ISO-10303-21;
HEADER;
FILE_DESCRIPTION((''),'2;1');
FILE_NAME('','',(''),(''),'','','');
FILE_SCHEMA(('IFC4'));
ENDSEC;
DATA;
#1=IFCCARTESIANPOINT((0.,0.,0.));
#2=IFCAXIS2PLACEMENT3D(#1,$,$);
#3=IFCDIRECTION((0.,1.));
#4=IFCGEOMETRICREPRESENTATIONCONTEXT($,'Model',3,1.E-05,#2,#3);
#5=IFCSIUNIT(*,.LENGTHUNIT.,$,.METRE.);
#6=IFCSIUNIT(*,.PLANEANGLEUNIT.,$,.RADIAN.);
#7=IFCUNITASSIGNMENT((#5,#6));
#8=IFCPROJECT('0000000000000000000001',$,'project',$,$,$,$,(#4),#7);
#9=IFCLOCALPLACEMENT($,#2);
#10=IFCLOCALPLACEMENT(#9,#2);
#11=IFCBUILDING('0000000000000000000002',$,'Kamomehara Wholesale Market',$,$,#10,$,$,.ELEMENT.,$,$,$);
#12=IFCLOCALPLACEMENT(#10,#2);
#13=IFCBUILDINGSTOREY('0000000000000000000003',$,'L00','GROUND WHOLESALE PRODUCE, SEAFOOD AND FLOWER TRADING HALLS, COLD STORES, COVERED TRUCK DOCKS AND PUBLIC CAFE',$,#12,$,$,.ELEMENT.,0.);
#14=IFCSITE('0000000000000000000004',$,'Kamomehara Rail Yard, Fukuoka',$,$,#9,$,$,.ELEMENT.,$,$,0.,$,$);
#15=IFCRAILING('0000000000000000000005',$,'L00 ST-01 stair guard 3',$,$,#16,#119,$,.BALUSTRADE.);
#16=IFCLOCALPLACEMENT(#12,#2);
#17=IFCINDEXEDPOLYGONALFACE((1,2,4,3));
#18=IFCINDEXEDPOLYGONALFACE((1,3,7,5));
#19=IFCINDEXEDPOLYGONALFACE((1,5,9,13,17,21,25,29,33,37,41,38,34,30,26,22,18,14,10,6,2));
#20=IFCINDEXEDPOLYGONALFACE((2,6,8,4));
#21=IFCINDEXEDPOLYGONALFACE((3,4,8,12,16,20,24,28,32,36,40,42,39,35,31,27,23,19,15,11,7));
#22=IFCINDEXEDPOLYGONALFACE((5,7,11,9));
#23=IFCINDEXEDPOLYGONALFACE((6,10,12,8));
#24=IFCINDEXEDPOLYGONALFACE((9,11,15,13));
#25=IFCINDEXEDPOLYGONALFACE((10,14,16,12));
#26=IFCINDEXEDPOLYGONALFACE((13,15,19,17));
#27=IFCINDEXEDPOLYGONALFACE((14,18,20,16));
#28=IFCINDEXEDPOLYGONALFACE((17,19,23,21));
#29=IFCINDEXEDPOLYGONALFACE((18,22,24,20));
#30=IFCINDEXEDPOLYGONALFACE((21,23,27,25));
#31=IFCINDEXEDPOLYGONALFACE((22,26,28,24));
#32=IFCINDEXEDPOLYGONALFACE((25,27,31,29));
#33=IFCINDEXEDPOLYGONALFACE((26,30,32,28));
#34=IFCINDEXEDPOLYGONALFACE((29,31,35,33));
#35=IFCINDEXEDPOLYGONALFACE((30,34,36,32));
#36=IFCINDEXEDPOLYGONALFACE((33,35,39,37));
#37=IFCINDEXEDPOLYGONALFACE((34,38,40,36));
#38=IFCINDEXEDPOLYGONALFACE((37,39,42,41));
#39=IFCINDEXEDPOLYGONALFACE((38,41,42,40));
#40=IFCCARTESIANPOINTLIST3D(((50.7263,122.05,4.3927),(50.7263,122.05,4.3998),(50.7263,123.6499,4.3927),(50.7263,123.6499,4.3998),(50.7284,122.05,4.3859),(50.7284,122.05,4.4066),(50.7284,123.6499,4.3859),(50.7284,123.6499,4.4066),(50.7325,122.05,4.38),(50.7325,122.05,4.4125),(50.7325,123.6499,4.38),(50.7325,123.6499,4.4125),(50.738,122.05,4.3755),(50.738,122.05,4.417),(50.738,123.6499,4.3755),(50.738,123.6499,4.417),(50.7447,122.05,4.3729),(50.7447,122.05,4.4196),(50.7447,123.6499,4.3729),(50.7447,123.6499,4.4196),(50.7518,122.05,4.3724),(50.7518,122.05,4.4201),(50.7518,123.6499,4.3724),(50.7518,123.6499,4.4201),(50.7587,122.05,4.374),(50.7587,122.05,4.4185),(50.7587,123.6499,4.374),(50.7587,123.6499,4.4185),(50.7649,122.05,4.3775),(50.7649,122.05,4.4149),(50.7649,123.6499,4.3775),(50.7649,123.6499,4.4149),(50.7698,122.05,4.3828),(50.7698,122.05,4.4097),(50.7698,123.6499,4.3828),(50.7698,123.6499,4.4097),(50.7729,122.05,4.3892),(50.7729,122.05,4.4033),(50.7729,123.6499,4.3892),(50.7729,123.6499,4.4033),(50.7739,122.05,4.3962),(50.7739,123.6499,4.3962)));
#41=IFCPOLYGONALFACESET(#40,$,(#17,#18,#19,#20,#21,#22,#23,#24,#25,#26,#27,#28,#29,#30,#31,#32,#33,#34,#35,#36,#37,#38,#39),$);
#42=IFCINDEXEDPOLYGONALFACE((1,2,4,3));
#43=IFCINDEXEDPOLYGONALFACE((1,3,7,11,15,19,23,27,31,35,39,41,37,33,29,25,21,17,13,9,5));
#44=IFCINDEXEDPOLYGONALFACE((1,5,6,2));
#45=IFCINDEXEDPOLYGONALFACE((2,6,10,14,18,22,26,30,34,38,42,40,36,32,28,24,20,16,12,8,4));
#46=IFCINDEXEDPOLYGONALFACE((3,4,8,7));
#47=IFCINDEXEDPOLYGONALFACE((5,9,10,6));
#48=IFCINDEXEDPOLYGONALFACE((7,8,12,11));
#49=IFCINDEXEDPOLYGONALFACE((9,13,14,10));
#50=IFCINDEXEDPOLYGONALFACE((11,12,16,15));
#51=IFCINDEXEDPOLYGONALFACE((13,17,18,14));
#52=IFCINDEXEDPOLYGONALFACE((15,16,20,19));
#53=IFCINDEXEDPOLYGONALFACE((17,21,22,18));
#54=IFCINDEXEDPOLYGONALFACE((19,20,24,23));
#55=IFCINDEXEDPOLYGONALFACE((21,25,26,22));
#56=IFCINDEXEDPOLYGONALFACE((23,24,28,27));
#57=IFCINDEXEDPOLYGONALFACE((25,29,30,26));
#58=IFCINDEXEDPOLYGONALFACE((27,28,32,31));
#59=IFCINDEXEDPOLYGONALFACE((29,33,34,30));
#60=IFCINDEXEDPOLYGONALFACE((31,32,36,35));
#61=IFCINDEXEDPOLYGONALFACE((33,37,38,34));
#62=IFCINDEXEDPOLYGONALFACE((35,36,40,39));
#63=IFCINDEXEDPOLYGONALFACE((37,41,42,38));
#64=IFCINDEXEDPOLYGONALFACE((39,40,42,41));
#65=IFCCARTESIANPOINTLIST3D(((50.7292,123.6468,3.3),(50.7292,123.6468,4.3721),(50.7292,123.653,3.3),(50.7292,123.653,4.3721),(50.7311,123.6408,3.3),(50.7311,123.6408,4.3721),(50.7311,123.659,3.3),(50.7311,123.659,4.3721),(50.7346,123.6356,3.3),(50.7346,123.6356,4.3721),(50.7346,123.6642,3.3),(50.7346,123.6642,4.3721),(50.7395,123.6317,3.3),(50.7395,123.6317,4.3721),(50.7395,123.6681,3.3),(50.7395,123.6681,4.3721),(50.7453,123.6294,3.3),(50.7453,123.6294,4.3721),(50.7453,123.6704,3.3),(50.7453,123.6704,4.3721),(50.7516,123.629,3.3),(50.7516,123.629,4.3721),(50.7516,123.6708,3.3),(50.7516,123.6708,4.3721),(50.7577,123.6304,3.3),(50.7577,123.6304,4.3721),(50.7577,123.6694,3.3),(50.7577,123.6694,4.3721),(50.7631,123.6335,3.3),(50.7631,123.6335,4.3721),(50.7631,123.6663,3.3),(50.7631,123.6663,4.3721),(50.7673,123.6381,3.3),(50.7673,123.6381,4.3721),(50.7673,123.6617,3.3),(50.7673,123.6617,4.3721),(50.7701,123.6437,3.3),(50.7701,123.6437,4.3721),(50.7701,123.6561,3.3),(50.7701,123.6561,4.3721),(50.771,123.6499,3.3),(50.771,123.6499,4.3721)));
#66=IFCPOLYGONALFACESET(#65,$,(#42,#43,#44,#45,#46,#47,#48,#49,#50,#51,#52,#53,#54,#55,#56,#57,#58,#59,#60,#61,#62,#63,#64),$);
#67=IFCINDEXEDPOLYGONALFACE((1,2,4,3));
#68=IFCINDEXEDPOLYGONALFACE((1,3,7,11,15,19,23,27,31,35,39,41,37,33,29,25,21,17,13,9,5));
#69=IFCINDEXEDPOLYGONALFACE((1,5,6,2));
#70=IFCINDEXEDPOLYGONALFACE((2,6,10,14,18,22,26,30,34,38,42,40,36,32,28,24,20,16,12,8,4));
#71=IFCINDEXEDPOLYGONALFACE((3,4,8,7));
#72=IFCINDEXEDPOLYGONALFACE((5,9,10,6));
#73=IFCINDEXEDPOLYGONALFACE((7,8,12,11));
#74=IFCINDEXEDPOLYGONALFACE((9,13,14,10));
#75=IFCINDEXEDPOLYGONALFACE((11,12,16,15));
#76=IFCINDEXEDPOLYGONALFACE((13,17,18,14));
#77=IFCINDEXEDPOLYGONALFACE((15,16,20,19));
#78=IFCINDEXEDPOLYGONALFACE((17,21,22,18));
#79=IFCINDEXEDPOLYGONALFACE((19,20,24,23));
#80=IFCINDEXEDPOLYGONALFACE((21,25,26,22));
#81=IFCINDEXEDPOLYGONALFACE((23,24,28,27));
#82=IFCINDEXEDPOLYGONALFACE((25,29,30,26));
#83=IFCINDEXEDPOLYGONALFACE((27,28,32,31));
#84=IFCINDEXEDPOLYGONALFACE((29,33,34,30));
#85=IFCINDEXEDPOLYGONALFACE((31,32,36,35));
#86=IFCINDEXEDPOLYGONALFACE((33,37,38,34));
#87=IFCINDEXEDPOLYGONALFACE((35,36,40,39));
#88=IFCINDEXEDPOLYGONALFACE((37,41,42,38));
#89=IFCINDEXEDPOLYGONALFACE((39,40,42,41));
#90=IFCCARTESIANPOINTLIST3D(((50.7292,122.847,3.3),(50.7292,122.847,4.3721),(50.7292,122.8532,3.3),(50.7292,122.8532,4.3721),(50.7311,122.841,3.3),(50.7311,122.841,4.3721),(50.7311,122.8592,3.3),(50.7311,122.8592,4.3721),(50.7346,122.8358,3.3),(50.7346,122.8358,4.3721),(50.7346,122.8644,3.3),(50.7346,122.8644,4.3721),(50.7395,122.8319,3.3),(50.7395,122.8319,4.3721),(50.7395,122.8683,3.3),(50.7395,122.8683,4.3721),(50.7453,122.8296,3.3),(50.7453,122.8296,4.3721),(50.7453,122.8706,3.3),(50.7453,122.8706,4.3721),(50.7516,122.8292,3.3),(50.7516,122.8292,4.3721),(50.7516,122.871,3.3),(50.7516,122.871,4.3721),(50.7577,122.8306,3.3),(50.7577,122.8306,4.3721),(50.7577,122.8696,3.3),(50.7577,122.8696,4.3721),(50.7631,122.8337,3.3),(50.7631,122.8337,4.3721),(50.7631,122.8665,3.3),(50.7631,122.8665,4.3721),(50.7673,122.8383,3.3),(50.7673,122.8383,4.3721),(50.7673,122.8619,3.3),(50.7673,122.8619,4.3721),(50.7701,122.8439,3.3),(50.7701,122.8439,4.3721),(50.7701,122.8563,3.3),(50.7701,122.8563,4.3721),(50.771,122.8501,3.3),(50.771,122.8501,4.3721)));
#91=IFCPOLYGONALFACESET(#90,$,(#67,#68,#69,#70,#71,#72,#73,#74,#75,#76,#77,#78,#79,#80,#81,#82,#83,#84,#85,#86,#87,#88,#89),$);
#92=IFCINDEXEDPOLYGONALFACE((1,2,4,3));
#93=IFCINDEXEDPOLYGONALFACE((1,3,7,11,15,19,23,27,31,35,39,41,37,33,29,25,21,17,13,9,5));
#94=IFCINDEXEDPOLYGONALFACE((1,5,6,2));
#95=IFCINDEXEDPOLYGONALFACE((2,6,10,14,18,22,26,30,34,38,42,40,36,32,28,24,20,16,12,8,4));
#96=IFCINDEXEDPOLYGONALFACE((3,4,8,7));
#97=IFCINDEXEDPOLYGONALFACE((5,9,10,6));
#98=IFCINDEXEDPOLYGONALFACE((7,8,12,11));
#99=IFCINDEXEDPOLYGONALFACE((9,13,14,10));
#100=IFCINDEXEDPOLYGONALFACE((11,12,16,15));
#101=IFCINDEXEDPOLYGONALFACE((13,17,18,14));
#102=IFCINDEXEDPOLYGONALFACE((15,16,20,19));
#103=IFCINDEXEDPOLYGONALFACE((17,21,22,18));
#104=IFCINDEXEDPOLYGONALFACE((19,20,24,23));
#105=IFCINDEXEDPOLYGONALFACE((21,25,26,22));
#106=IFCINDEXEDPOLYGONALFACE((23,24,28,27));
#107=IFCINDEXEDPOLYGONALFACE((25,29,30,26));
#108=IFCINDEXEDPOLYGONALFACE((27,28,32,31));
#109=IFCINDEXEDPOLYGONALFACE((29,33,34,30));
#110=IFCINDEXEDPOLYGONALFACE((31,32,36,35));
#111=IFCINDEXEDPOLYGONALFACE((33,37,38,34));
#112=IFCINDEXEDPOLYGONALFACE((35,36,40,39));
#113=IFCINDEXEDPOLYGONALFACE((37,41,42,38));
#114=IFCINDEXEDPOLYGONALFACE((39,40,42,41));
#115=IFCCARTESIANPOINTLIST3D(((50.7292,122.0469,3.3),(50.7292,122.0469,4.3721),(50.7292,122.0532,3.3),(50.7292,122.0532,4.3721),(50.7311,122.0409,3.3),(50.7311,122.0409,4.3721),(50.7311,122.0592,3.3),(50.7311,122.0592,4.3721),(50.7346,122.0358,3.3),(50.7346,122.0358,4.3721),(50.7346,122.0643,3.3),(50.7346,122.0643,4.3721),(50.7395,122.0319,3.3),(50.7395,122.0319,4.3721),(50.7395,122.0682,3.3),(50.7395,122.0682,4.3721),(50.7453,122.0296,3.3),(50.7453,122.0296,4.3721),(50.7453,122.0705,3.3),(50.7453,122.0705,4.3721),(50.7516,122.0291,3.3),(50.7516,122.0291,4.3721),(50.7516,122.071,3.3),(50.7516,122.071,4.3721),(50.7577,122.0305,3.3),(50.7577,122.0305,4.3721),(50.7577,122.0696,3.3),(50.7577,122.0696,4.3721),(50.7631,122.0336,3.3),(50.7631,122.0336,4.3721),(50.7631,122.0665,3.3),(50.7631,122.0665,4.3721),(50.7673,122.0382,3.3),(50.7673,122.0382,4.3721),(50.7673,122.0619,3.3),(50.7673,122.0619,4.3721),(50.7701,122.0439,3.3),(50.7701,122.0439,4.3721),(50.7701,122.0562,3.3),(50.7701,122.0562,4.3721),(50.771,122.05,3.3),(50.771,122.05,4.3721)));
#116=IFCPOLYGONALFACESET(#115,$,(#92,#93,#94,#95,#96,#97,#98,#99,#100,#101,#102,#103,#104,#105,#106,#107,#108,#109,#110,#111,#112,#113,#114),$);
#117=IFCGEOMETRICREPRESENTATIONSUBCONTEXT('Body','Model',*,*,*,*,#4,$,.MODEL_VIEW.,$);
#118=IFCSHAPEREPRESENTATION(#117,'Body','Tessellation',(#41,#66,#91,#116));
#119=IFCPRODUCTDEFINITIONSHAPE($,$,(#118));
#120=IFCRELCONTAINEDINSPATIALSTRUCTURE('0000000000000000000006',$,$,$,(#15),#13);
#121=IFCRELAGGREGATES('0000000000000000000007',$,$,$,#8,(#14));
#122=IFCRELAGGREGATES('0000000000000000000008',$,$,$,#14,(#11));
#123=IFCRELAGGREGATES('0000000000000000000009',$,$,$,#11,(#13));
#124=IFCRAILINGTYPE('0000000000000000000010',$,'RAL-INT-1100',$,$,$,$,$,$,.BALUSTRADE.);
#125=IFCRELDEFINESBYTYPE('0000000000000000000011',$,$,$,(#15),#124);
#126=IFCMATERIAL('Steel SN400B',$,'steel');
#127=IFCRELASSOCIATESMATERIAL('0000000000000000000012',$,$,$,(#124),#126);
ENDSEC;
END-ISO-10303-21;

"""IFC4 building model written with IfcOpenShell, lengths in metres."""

from ifc_helpers import new_model, si_unit, direction, frame, origin, origin_2d, place, context, subcontext, project, spatial, circle, extrude, material, type_object, element, save


model = new_model("IFC4")

# Units and contexts
model_context = context("Model", 3, precision=1e-05, world=origin(), true_north=direction((0.0, 1.0)))
body_context = subcontext(model_context, "Body", "Model", "MODEL_VIEW")
ifc_project = project(units=[si_unit("LENGTHUNIT", "METRE"), si_unit("PLANEANGLEUNIT", "RADIAN")], contexts=[model_context])

# Site, building, storey
site_placement = place(None, origin())
site = spatial("IfcSite", under=ifc_project, at=site_placement, Name="Kamomehara Rail Yard, Fukuoka", CompositionType="ELEMENT", RefElevation=0.0)
building_placement = place(site_placement, origin())
building = spatial("IfcBuilding", under=site, at=building_placement, Name="Kamomehara Wholesale Market", CompositionType="ELEMENT")
storey_placement = place(building_placement, origin())
storey = spatial("IfcBuildingStorey", under=building, at=storey_placement, Name="L00", Description="GROUND WHOLESALE PRODUCE, SEAFOOD AND FLOWER TRADING HALLS, COLD STORES, COVERED TRUCK DOCKS AND PUBLIC CAFE", CompositionType="ELEMENT", Elevation=0.0)

# Railing
ifc_material_1 = material(Name="Steel SN400B", Category="steel")
railing_type_1 = type_object("IfcRailingType", Name="RAL-INT-1100", PredefinedType="BALUSTRADE", material=ifc_material_1)
railing_1_placement = place(storey_placement, frame((50.75, 123.6499, 3.3)))
element("IfcRailing", 1, at=railing_1_placement, inside=storey, type_object=railing_type_1, Name="L00 ST-01 stair guard 3", PredefinedType="BALUSTRADE", context=body_context, shape_type="SweptSolid", body=[
    extrude(circle(Radius=0.0239, at=origin_2d()), frame((0.0, 0.0, 1.0962), z_axis=(0.0, -1.0, 0.0), x_axis=(1.0, 0.0, 0.0)), (0.0, 0.0, 1.0), 1.5999),
    extrude(circle(Radius=0.021, at=origin_2d()), origin(), (0.0, 0.0, 1.0), 1.072),
    extrude(circle(Radius=0.021, at=origin_2d()), frame((0.0, -0.7998, 0.0)), (0.0, 0.0, 1.0), 1.072),
    extrude(circle(Radius=0.021, at=origin_2d()), frame((0.0, -1.5999, 0.0)), (0.0, 0.0, 1.0), 1.072),
])

save(model, "model.ifc")
